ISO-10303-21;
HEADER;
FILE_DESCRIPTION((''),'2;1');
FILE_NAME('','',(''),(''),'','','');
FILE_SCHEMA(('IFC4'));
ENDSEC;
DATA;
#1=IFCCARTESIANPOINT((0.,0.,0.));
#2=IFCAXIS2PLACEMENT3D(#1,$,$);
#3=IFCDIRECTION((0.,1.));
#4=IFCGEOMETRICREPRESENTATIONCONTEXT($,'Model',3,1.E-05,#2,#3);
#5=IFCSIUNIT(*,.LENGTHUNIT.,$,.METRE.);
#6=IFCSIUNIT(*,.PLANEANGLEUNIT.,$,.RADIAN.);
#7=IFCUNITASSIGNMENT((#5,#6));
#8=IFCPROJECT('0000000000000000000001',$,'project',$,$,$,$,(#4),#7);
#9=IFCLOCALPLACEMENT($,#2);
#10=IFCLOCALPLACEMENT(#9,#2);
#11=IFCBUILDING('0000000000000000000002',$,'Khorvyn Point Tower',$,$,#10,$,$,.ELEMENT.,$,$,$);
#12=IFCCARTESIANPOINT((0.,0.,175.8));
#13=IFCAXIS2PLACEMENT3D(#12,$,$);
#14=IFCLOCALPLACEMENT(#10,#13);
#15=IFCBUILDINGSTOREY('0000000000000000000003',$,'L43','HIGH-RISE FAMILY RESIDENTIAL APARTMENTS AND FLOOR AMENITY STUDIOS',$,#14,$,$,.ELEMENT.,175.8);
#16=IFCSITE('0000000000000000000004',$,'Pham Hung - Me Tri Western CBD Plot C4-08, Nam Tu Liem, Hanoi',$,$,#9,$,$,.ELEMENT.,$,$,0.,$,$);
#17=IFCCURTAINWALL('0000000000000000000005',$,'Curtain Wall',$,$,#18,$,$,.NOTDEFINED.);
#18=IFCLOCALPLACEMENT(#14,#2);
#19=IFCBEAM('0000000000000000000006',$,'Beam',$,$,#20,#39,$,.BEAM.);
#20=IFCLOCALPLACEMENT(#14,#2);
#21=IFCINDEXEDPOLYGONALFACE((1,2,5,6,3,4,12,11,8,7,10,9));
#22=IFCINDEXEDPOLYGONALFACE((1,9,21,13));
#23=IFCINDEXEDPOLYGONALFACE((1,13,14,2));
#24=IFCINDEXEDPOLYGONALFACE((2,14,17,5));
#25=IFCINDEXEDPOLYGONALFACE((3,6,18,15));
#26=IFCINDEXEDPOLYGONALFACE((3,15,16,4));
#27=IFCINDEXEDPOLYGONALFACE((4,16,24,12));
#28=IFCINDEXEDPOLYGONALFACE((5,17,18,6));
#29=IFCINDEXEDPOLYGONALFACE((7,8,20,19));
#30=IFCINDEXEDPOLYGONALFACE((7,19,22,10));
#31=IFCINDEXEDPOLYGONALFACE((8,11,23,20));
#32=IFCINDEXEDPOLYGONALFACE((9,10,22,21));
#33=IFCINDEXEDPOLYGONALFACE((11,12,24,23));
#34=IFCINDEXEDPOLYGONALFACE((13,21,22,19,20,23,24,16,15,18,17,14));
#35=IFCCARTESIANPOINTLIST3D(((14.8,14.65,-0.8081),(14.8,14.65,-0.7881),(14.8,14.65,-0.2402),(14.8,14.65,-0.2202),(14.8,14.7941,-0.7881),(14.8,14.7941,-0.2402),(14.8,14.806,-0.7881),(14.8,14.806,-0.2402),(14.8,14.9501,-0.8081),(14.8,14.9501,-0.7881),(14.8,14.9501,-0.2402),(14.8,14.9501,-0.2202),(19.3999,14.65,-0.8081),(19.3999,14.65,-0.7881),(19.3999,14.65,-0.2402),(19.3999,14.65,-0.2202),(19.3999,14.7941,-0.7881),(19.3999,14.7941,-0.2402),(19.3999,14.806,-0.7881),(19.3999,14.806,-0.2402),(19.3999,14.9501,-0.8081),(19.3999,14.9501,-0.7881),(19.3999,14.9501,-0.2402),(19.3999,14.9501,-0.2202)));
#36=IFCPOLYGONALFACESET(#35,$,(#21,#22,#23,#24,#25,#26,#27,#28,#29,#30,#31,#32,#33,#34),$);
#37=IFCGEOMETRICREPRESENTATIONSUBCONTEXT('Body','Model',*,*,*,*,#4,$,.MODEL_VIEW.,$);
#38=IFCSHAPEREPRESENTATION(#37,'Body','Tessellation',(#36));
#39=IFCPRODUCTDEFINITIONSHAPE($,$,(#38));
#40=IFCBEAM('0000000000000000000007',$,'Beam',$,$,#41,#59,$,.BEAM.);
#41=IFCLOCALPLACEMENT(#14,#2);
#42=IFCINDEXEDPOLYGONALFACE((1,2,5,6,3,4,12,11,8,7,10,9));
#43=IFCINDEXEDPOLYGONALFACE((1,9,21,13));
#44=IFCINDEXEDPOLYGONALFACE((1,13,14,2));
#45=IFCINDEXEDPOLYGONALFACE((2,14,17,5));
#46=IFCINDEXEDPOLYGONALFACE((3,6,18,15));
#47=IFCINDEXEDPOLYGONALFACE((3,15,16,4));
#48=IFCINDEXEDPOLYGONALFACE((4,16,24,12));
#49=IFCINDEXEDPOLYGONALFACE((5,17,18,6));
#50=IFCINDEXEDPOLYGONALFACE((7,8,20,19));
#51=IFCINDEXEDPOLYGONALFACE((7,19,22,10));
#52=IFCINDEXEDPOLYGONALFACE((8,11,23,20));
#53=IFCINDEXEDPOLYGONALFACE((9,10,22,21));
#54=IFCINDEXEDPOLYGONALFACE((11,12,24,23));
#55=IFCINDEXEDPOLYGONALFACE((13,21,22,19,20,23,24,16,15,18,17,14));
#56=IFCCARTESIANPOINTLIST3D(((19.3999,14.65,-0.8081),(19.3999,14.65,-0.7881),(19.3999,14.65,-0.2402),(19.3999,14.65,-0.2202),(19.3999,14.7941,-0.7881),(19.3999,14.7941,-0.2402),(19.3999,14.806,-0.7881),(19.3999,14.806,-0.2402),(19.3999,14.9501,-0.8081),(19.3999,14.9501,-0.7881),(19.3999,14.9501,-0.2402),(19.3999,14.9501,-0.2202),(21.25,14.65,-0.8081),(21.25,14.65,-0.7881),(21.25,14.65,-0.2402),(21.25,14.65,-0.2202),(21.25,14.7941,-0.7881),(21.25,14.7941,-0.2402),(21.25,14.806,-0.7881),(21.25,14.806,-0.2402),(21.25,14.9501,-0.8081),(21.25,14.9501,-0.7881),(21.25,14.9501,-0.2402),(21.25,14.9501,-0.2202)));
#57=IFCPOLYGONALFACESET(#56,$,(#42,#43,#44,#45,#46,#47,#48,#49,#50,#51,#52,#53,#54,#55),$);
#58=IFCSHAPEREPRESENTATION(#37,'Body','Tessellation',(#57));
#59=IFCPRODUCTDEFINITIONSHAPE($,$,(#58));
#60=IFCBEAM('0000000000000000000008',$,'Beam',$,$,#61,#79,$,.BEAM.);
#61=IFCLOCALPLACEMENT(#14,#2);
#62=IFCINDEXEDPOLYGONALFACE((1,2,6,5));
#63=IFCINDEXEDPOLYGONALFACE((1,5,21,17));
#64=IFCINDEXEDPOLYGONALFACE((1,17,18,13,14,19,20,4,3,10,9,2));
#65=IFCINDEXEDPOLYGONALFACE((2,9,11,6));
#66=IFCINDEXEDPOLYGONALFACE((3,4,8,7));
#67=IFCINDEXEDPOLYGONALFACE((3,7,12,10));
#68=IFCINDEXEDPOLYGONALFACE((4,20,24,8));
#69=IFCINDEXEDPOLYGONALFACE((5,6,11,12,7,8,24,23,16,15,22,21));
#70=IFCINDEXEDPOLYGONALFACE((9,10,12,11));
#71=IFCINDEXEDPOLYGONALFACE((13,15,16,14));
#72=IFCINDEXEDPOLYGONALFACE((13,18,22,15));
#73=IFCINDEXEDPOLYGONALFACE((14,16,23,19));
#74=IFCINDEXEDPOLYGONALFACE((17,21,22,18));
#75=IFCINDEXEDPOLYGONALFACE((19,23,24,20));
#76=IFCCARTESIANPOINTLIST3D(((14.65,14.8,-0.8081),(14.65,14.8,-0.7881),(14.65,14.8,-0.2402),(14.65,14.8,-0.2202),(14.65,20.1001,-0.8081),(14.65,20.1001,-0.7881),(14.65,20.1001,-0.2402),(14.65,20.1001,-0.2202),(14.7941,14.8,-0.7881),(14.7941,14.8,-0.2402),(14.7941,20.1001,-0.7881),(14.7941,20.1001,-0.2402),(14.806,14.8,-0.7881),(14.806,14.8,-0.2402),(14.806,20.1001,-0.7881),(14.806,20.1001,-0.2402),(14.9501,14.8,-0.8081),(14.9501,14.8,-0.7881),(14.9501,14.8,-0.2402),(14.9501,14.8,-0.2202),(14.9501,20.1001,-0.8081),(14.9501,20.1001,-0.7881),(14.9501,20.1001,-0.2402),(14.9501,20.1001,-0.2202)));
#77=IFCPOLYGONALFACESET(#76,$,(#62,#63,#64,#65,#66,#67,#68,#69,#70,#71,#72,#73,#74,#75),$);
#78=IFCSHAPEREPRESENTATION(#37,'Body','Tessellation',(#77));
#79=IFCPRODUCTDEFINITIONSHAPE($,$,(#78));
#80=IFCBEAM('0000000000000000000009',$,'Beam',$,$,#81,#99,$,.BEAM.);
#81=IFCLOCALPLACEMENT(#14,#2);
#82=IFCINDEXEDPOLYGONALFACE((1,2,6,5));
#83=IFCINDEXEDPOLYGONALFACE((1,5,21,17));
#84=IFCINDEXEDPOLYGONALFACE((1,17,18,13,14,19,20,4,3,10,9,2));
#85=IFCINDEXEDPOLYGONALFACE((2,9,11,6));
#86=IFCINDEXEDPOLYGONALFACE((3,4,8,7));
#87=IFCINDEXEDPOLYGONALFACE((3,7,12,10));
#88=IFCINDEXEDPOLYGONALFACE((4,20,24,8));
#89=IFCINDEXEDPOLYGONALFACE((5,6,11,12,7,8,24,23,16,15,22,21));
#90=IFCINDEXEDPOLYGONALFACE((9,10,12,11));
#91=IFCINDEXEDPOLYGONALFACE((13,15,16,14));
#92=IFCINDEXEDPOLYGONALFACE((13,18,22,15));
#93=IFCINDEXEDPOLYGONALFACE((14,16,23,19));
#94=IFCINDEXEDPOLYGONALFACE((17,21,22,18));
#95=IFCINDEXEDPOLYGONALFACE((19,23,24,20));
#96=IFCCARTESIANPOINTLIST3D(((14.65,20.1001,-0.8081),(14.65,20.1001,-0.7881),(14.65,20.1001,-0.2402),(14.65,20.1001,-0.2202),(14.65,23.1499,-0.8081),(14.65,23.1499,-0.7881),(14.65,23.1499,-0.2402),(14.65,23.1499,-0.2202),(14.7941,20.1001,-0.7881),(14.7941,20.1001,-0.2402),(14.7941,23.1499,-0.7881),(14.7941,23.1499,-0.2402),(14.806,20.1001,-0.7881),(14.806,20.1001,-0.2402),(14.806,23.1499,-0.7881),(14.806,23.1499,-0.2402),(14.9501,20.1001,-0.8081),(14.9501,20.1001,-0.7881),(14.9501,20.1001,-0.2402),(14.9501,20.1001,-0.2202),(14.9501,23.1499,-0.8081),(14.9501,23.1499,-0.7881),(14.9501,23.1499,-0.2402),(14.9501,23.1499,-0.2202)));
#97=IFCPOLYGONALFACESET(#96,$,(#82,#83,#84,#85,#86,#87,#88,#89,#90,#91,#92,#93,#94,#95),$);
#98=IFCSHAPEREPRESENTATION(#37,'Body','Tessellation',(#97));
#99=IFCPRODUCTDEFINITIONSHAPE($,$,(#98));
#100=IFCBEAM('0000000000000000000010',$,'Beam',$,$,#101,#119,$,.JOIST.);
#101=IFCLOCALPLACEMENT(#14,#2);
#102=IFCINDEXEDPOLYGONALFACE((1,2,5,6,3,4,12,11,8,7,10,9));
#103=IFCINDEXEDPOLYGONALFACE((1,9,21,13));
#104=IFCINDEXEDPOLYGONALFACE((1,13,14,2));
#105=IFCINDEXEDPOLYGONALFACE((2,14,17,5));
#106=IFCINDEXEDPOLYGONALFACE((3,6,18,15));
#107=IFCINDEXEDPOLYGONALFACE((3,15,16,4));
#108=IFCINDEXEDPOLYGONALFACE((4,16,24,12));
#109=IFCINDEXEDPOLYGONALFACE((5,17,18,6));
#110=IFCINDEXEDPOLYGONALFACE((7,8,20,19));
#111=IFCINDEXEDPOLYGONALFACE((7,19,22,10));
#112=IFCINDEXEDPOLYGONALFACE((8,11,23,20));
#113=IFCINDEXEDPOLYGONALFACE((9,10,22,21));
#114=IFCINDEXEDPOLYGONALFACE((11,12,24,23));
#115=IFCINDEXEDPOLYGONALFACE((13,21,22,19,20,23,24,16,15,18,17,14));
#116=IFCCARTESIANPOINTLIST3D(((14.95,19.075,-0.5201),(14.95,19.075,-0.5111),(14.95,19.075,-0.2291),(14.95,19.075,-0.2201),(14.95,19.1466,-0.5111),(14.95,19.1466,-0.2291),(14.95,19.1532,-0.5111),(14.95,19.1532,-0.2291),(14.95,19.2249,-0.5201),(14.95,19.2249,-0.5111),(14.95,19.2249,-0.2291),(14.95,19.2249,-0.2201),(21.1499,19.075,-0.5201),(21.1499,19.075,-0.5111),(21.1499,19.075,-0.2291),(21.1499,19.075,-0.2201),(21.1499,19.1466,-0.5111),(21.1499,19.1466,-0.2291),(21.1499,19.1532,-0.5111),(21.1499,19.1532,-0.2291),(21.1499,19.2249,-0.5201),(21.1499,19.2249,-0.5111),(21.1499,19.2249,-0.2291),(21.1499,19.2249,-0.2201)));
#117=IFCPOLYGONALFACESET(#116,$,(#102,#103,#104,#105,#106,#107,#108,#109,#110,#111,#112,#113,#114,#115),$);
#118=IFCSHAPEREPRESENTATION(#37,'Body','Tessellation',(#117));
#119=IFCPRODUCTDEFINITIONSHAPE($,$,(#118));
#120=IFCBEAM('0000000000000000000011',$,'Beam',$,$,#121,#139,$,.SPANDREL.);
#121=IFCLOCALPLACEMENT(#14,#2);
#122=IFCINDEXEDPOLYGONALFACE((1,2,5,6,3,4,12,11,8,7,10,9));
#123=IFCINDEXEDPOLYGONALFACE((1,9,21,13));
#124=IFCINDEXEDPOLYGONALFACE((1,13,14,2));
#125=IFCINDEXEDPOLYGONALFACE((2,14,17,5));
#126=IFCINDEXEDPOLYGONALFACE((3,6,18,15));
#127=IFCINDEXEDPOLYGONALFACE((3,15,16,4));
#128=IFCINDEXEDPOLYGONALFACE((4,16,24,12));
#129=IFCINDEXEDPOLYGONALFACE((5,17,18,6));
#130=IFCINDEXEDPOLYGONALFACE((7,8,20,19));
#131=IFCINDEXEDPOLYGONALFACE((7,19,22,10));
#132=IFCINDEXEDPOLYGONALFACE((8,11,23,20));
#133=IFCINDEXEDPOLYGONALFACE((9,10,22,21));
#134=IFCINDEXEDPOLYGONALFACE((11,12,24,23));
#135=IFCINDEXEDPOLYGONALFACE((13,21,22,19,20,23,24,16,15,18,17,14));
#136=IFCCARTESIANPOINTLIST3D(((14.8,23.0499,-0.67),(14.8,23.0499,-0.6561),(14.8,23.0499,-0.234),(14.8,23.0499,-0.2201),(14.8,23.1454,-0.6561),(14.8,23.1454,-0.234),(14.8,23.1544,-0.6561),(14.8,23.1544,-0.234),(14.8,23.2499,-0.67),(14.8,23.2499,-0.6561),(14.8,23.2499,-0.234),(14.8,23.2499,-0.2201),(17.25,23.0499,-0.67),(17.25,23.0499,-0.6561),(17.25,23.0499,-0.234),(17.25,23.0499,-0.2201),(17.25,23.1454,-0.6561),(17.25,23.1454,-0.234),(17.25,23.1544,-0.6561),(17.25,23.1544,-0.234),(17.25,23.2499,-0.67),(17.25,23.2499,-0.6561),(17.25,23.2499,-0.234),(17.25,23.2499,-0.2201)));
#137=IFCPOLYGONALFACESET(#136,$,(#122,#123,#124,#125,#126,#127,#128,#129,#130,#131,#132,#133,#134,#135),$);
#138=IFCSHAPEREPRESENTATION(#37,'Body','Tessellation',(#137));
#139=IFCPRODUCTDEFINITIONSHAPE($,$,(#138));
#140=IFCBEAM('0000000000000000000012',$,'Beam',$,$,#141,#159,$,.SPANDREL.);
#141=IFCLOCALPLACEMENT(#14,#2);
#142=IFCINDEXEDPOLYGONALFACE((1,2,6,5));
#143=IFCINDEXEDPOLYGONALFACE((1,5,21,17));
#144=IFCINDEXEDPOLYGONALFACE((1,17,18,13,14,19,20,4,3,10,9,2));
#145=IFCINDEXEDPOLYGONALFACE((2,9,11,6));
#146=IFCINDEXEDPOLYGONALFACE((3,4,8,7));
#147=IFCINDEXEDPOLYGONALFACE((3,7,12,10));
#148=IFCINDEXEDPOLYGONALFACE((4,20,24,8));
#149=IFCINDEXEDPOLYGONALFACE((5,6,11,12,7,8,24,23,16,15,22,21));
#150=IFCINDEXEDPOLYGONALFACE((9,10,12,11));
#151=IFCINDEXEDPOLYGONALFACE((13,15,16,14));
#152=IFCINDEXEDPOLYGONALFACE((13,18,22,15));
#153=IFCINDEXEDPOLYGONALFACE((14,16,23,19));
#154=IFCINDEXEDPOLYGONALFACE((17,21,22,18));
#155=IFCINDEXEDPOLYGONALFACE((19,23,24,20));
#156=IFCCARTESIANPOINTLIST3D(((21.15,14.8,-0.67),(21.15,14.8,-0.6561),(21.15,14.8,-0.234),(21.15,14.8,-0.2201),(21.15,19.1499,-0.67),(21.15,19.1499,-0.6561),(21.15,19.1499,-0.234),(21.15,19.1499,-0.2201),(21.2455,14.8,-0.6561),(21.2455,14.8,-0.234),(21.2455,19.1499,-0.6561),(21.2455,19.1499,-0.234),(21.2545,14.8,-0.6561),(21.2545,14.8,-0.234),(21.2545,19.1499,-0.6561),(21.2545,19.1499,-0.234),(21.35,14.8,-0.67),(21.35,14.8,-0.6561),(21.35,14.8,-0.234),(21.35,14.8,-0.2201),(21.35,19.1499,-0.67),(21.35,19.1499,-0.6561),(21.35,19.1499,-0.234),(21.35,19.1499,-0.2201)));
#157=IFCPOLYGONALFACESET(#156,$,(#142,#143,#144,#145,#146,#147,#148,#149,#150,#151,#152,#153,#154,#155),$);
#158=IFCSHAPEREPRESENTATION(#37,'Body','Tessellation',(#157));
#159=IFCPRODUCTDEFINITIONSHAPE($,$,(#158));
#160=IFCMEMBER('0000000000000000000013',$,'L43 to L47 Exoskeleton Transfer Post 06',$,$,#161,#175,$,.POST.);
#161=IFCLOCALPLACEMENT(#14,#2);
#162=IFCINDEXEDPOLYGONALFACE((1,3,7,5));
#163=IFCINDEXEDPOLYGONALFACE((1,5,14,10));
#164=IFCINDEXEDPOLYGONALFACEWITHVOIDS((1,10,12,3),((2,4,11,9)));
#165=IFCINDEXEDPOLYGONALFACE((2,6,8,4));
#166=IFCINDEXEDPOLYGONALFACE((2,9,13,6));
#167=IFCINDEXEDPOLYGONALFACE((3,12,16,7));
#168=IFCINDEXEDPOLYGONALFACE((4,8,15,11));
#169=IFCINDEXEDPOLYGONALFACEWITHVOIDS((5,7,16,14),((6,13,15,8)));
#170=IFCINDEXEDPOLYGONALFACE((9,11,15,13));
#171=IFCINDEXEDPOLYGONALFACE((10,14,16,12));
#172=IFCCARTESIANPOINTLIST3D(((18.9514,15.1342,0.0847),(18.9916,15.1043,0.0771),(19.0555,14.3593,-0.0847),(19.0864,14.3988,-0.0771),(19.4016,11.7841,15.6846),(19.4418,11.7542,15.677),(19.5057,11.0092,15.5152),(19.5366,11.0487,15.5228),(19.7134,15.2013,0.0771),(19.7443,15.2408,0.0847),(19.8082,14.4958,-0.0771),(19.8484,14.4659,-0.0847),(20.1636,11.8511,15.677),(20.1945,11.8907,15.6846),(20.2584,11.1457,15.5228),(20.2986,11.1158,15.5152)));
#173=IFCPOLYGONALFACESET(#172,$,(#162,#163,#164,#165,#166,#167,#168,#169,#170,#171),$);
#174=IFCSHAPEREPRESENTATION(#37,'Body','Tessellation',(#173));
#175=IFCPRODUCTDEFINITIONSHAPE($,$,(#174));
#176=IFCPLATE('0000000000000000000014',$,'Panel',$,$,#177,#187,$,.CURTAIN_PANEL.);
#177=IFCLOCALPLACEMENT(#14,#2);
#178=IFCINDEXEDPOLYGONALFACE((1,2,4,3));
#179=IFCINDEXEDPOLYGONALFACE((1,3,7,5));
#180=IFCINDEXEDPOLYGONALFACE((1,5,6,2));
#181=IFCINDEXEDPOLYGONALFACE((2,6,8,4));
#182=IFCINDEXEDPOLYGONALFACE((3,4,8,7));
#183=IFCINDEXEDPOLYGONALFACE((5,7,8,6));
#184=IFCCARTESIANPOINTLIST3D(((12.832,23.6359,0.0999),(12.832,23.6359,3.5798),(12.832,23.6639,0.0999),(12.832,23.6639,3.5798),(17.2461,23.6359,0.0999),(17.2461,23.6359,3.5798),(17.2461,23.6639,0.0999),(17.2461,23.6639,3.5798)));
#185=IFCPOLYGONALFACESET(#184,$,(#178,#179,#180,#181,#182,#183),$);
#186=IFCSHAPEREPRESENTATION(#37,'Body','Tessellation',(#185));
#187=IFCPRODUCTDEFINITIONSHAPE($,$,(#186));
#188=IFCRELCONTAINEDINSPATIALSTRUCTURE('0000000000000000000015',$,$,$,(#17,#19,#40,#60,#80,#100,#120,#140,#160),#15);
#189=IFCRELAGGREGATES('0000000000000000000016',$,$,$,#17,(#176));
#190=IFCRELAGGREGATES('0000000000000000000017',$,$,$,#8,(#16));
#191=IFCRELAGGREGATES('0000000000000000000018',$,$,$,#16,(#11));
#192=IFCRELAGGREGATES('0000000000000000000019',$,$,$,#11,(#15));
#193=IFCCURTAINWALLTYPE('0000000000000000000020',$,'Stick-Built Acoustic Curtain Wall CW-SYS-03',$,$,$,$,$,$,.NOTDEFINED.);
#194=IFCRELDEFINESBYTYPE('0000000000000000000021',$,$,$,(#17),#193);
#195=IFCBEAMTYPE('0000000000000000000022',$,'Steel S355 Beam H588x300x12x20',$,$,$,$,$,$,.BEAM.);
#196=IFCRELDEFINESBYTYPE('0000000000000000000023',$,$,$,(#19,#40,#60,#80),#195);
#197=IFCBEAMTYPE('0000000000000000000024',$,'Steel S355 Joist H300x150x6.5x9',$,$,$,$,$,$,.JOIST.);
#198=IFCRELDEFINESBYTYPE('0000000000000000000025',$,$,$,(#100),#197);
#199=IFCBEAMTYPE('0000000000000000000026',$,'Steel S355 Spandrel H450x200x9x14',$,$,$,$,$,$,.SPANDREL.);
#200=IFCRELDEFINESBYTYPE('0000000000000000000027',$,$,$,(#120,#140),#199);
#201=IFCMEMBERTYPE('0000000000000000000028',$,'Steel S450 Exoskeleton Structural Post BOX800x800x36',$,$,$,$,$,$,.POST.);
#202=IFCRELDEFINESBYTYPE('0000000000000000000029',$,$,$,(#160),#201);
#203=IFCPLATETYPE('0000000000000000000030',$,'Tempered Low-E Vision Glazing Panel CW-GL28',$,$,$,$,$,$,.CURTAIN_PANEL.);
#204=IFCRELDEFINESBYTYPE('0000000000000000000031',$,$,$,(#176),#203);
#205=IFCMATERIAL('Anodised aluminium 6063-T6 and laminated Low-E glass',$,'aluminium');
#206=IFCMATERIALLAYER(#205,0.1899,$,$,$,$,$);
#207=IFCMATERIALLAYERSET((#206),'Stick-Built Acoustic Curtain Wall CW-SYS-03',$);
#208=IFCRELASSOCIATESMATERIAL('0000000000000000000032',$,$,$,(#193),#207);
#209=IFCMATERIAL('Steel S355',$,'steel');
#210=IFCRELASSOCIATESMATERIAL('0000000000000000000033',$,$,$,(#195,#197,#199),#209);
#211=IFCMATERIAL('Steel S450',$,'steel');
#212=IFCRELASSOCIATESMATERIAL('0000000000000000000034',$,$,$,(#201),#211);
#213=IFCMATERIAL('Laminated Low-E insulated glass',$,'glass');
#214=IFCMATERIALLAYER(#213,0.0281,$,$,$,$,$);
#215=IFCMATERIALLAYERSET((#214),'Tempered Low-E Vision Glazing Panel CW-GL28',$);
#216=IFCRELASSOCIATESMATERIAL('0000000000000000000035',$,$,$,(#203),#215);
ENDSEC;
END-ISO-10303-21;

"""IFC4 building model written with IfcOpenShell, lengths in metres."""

from ifc_helpers import new_model, si_unit, direction, frame, origin, origin_2d, place, context, subcontext, project, spatial, rectangle, hollow_rectangle, i_section, extrude, material, layer, layer_set, material_profile, profile_set, type_object, element, aggregate, save


model = new_model("IFC4")

# Units and contexts
model_context = context("Model", 3, precision=1e-05, world=origin(), true_north=direction((0.0, 1.0)))
body_context = subcontext(model_context, "Body", "Model", "MODEL_VIEW")
ifc_project = project(units=[si_unit("LENGTHUNIT", "METRE"), si_unit("PLANEANGLEUNIT", "RADIAN")], contexts=[model_context])

# Site, building, storey
site_placement = place(None, origin())
site = spatial("IfcSite", under=ifc_project, at=site_placement, Name="Pham Hung - Me Tri Western CBD Plot C4-08, Nam Tu Liem, Hanoi", CompositionType="ELEMENT", RefElevation=0.0)
building_placement = place(site_placement, origin())
building = spatial("IfcBuilding", under=site, at=building_placement, Name="Khorvyn Point Tower", CompositionType="ELEMENT")
storey_placement = place(building_placement, frame((0.0, 0.0, 175.8)))
storey = spatial("IfcBuildingStorey", under=building, at=storey_placement, Name="L43", Description="HIGH-RISE FAMILY RESIDENTIAL APARTMENTS AND FLOOR AMENITY STUDIOS", CompositionType="ELEMENT", Elevation=175.8)

# Shared definitions
ifc_material_1 = material(Name="Steel S450", Category="steel")

# Curtain wall
ifc_material_2 = material(Name="Anodised aluminium 6063-T6 and laminated Low-E glass", Category="aluminium")
ifc_layer_1 = layer(ifc_material_2, 0.1899)
ifc_layer_set_1 = layer_set([ifc_layer_1], Name="Stick-Built Acoustic Curtain Wall CW-SYS-03")
curtain_wall_type = type_object("IfcCurtainWallType", Name="Stick-Built Acoustic Curtain Wall CW-SYS-03", PredefinedType="NOTDEFINED", material=ifc_layer_set_1)
curtain_wall_1_placement = place(storey_placement, origin())
curtain_wall_1 = element("IfcCurtainWall", 1, at=curtain_wall_1_placement, inside=storey, type_object=curtain_wall_type, Name="Curtain Wall", PredefinedType="NOTDEFINED")

# Beams
ifc_material_3 = material(Name="Steel S355", Category="steel")
ifc_material_profile_1 = material_profile(ifc_material_3, i_section(OverallWidth=0.3, OverallDepth=0.5879, WebThickness=0.012, FlangeThickness=0.02, at=origin_2d()))
ifc_profile_set_1 = profile_set([ifc_material_profile_1], Name="Steel S355 H588x300x12x20")
beam_type_1 = type_object("IfcBeamType", Name="Steel S355 Beam H588x300x12x20", PredefinedType="BEAM", material=ifc_profile_set_1)
beam_1_placement = place(storey_placement, frame((14.8, 14.8, -0.5142), z_axis=(1.0, 0.0, 0.0), x_axis=(0.0, 1.0, 0.0)))
element("IfcBeam", 2, at=beam_1_placement, inside=storey, type_object=beam_type_1, Name="Beam", PredefinedType="BEAM", context=body_context, shape_type="SweptSolid", body=[
    extrude(i_section(OverallWidth=0.3, OverallDepth=0.5879, WebThickness=0.012, FlangeThickness=0.02, at=origin_2d()), origin(), (0.0, 0.0, 1.0), 4.5999),
])
beam_2_placement = place(storey_placement, frame((19.3999, 14.8, -0.5142), z_axis=(1.0, 0.0, 0.0), x_axis=(0.0, 1.0, 0.0)))
element("IfcBeam", 3, at=beam_2_placement, inside=storey, type_object=beam_type_1, Name="Beam", PredefinedType="BEAM", context=body_context, shape_type="SweptSolid", body=[
    extrude(i_section(OverallWidth=0.3, OverallDepth=0.5879, WebThickness=0.012, FlangeThickness=0.02, at=origin_2d()), origin(), (0.0, 0.0, 1.0), 1.8501),
])
beam_3_placement = place(storey_placement, frame((14.8, 14.8, -0.5142), z_axis=(0.0, 1.0, 0.0), x_axis=(-1.0, 0.0, 0.0)))
element("IfcBeam", 4, at=beam_3_placement, inside=storey, type_object=beam_type_1, Name="Beam", PredefinedType="BEAM", context=body_context, shape_type="SweptSolid", body=[
    extrude(i_section(OverallWidth=0.3, OverallDepth=0.5879, WebThickness=0.012, FlangeThickness=0.02, at=origin_2d()), origin(), (0.0, 0.0, 1.0), 5.3),
])
beam_4_placement = place(storey_placement, frame((14.8, 20.1001, -0.5142), z_axis=(0.0, 1.0, 0.0), x_axis=(-1.0, 0.0, 0.0)))
element("IfcBeam", 5, at=beam_4_placement, inside=storey, type_object=beam_type_1, Name="Beam", PredefinedType="BEAM", context=body_context, shape_type="SweptSolid", body=[
    extrude(i_section(OverallWidth=0.3, OverallDepth=0.5879, WebThickness=0.012, FlangeThickness=0.02, at=origin_2d()), origin(), (0.0, 0.0, 1.0), 3.0498),
])
ifc_material_profile_2 = material_profile(ifc_material_3, i_section(OverallWidth=0.1499, OverallDepth=0.3, WebThickness=0.0066, FlangeThickness=0.009, at=origin_2d()))
ifc_profile_set_2 = profile_set([ifc_material_profile_2], Name="Steel S355 H300x150x6.5x9")
beam_type_2 = type_object("IfcBeamType", Name="Steel S355 Joist H300x150x6.5x9", PredefinedType="JOIST", material=ifc_profile_set_2)
beam_5_placement = place(storey_placement, frame((14.95, 19.1499, -0.3701), z_axis=(1.0, 0.0, 0.0), x_axis=(0.0, 1.0, 0.0)))
element("IfcBeam", 6, at=beam_5_placement, inside=storey, type_object=beam_type_2, Name="Beam", PredefinedType="JOIST", context=body_context, shape_type="SweptSolid", body=[
    extrude(i_section(OverallWidth=0.1499, OverallDepth=0.3, WebThickness=0.0066, FlangeThickness=0.009, at=origin_2d()), origin(), (0.0, 0.0, 1.0), 6.2),
])
ifc_material_profile_3 = material_profile(ifc_material_3, i_section(OverallWidth=0.2, OverallDepth=0.45, WebThickness=0.009, FlangeThickness=0.0139, at=origin_2d()))
ifc_profile_set_3 = profile_set([ifc_material_profile_3], Name="Steel S355 H450x200x9x14")
beam_type_3 = type_object("IfcBeamType", Name="Steel S355 Spandrel H450x200x9x14", PredefinedType="SPANDREL", material=ifc_profile_set_3)
beam_6_placement = place(storey_placement, frame((14.8, 23.1499, -0.4451), z_axis=(1.0, 0.0, 0.0), x_axis=(0.0, 1.0, 0.0)))
element("IfcBeam", 7, at=beam_6_placement, inside=storey, type_object=beam_type_3, Name="Beam", PredefinedType="SPANDREL", context=body_context, shape_type="SweptSolid", body=[
    extrude(i_section(OverallWidth=0.2, OverallDepth=0.45, WebThickness=0.009, FlangeThickness=0.0139, at=origin_2d()), origin(), (0.0, 0.0, 1.0), 2.45),
])
beam_7_placement = place(storey_placement, frame((21.25, 14.8, -0.4451), z_axis=(0.0, 1.0, 0.0), x_axis=(-1.0, 0.0, 0.0)))
element("IfcBeam", 8, at=beam_7_placement, inside=storey, type_object=beam_type_3, Name="Beam", PredefinedType="SPANDREL", context=body_context, shape_type="SweptSolid", body=[
    extrude(i_section(OverallWidth=0.2, OverallDepth=0.45, WebThickness=0.009, FlangeThickness=0.0139, at=origin_2d()), origin(), (0.0, 0.0, 1.0), 4.3499),
])

# Member
ifc_material_profile_4 = material_profile(ifc_material_1, hollow_rectangle(XDim=0.8, YDim=0.8, WallThickness=0.0359, at=origin_2d()))
ifc_profile_set_4 = profile_set([ifc_material_profile_4], Name="Steel S450 BOX800x800x36")
member_type_1 = type_object("IfcMemberType", Name="Steel S450 Exoskeleton Structural Post BOX800x800x36", PredefinedType="POST", material=ifc_profile_set_4)
member_1_placement = place(storey_placement, frame((19.3999, 14.8, 0.0), z_axis=(0.028204, -0.209881, 0.97732), x_axis=(0.991091, 0.133186, 0.0)))
element("IfcMember", 9, at=member_1_placement, inside=storey, type_object=member_type_1, Name="L43 to L47 Exoskeleton Transfer Post 06", PredefinedType="POST", context=body_context, shape_type="SweptSolid", body=[
    extrude(hollow_rectangle(XDim=0.8, YDim=0.8, WallThickness=0.0359, at=origin_2d()), origin(), (0.0, 0.0, 1.0), 15.9619),
])

# Plate
ifc_material_4 = material(Name="Laminated Low-E insulated glass", Category="glass")
ifc_layer_2 = layer(ifc_material_4, 0.0281)
ifc_layer_set_2 = layer_set([ifc_layer_2], Name="Tempered Low-E Vision Glazing Panel CW-GL28")
plate_type = type_object("IfcPlateType", Name="Tempered Low-E Vision Glazing Panel CW-GL28", PredefinedType="CURTAIN_PANEL", material=ifc_layer_set_2)
plate_placement = place(storey_placement, frame((15.0391, 23.6499, 0.0999), z_axis=(0.0, 0.0, 1.0), x_axis=(1.0, 0.0, 0.0)))
plate = element("IfcPlate", 10, at=plate_placement, type_object=plate_type, Name="Panel", PredefinedType="CURTAIN_PANEL", context=body_context, shape_type="SweptSolid", body=[
    extrude(rectangle(XDim=4.4141, YDim=0.0281, at=origin_2d()), origin(), (0.0, 0.0, 1.0), 3.48),
])
aggregate(curtain_wall_1, [plate])

save(model, "model.ifc")
